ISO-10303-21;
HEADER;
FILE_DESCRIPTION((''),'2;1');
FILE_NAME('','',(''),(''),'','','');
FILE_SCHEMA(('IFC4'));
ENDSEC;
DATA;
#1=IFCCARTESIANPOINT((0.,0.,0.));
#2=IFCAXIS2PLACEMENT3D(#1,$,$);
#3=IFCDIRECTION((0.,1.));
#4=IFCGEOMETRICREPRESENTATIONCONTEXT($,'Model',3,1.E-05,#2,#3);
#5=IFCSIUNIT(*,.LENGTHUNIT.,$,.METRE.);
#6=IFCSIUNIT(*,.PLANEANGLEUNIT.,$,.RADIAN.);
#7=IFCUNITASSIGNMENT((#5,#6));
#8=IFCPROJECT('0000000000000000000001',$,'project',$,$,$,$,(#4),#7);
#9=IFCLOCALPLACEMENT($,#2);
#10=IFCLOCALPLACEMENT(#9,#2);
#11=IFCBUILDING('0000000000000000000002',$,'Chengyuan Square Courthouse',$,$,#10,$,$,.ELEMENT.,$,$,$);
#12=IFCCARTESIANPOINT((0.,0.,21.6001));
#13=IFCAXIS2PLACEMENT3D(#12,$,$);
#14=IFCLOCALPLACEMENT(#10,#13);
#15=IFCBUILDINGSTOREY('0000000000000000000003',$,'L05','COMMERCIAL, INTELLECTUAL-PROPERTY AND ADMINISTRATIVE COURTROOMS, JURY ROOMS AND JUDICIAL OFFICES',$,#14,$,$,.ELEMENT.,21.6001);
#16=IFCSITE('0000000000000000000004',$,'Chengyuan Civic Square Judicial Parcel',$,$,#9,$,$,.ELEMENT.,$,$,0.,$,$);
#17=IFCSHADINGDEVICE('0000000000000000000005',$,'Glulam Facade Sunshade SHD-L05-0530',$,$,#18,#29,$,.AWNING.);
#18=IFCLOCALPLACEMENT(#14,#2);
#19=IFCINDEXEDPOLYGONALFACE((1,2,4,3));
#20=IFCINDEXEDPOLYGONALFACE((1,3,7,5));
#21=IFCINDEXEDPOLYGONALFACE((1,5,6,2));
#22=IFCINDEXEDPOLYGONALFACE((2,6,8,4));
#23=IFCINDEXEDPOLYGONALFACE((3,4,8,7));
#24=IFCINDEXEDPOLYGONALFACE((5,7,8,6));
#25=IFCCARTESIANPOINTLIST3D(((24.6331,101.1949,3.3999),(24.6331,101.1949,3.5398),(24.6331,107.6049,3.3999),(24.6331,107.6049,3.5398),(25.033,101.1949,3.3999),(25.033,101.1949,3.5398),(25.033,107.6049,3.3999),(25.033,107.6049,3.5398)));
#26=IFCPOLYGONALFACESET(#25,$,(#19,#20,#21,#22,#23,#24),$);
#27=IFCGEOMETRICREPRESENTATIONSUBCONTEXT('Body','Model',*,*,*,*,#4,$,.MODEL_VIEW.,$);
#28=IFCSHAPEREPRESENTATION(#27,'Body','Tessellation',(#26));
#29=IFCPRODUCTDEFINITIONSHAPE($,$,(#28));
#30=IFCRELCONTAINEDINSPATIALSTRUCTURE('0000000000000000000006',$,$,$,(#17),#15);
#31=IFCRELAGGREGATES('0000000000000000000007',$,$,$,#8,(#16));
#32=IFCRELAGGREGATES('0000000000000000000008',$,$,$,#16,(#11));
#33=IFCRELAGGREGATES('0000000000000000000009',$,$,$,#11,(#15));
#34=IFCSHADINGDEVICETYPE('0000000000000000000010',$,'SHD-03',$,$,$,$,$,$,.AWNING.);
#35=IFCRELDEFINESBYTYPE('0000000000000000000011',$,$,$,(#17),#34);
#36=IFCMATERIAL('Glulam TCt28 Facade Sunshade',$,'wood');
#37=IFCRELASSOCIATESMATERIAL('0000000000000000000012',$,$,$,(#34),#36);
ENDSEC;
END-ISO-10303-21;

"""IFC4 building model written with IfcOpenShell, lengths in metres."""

from ifc_helpers import new_model, si_unit, direction, frame, origin, origin_2d, place, context, subcontext, project, spatial, rectangle, extrude, material, type_object, element, save


model = new_model("IFC4")

# Units and contexts
model_context = context("Model", 3, precision=1e-05, world=origin(), true_north=direction((0.0, 1.0)))
body_context = subcontext(model_context, "Body", "Model", "MODEL_VIEW")
ifc_project = project(units=[si_unit("LENGTHUNIT", "METRE"), si_unit("PLANEANGLEUNIT", "RADIAN")], contexts=[model_context])

# Site, building, storey
site_placement = place(None, origin())
site = spatial("IfcSite", under=ifc_project, at=site_placement, Name="Chengyuan Civic Square Judicial Parcel", CompositionType="ELEMENT", RefElevation=0.0)
building_placement = place(site_placement, origin())
building = spatial("IfcBuilding", under=site, at=building_placement, Name="Chengyuan Square Courthouse", CompositionType="ELEMENT")
storey_placement = place(building_placement, frame((0.0, 0.0, 21.6001)))
storey = spatial("IfcBuildingStorey", under=building, at=storey_placement, Name="L05", Description="COMMERCIAL, INTELLECTUAL-PROPERTY AND ADMINISTRATIVE COURTROOMS, JURY ROOMS AND JUDICIAL OFFICES", CompositionType="ELEMENT", Elevation=21.6001)

# Shading device
ifc_material_1 = material(Name="Glulam TCt28 Facade Sunshade", Category="wood")
shading_device_type_1 = type_object("IfcShadingDeviceType", Name="SHD-03", PredefinedType="AWNING", material=ifc_material_1)
for number, where, z_axis, x_axis, name in (
    (1, (24.833, 104.3999, 3.3999), (0.0, 0.0, 1.0), (0.0, 1.0, 0.0), "Glulam Facade Sunshade SHD-L05-0530"),
):
    element("IfcShadingDevice", number, at=place(storey_placement, frame(where, z_axis=z_axis, x_axis=x_axis)), inside=storey, type_object=shading_device_type_1, Name=name, PredefinedType="AWNING", context=body_context, shape_type="SweptSolid", body=[
        extrude(rectangle(XDim=6.4099, YDim=0.3999, at=origin_2d()), origin(), (0.0, 0.0, 1.0), 0.1399),
    ])

save(model, "model.ifc")
